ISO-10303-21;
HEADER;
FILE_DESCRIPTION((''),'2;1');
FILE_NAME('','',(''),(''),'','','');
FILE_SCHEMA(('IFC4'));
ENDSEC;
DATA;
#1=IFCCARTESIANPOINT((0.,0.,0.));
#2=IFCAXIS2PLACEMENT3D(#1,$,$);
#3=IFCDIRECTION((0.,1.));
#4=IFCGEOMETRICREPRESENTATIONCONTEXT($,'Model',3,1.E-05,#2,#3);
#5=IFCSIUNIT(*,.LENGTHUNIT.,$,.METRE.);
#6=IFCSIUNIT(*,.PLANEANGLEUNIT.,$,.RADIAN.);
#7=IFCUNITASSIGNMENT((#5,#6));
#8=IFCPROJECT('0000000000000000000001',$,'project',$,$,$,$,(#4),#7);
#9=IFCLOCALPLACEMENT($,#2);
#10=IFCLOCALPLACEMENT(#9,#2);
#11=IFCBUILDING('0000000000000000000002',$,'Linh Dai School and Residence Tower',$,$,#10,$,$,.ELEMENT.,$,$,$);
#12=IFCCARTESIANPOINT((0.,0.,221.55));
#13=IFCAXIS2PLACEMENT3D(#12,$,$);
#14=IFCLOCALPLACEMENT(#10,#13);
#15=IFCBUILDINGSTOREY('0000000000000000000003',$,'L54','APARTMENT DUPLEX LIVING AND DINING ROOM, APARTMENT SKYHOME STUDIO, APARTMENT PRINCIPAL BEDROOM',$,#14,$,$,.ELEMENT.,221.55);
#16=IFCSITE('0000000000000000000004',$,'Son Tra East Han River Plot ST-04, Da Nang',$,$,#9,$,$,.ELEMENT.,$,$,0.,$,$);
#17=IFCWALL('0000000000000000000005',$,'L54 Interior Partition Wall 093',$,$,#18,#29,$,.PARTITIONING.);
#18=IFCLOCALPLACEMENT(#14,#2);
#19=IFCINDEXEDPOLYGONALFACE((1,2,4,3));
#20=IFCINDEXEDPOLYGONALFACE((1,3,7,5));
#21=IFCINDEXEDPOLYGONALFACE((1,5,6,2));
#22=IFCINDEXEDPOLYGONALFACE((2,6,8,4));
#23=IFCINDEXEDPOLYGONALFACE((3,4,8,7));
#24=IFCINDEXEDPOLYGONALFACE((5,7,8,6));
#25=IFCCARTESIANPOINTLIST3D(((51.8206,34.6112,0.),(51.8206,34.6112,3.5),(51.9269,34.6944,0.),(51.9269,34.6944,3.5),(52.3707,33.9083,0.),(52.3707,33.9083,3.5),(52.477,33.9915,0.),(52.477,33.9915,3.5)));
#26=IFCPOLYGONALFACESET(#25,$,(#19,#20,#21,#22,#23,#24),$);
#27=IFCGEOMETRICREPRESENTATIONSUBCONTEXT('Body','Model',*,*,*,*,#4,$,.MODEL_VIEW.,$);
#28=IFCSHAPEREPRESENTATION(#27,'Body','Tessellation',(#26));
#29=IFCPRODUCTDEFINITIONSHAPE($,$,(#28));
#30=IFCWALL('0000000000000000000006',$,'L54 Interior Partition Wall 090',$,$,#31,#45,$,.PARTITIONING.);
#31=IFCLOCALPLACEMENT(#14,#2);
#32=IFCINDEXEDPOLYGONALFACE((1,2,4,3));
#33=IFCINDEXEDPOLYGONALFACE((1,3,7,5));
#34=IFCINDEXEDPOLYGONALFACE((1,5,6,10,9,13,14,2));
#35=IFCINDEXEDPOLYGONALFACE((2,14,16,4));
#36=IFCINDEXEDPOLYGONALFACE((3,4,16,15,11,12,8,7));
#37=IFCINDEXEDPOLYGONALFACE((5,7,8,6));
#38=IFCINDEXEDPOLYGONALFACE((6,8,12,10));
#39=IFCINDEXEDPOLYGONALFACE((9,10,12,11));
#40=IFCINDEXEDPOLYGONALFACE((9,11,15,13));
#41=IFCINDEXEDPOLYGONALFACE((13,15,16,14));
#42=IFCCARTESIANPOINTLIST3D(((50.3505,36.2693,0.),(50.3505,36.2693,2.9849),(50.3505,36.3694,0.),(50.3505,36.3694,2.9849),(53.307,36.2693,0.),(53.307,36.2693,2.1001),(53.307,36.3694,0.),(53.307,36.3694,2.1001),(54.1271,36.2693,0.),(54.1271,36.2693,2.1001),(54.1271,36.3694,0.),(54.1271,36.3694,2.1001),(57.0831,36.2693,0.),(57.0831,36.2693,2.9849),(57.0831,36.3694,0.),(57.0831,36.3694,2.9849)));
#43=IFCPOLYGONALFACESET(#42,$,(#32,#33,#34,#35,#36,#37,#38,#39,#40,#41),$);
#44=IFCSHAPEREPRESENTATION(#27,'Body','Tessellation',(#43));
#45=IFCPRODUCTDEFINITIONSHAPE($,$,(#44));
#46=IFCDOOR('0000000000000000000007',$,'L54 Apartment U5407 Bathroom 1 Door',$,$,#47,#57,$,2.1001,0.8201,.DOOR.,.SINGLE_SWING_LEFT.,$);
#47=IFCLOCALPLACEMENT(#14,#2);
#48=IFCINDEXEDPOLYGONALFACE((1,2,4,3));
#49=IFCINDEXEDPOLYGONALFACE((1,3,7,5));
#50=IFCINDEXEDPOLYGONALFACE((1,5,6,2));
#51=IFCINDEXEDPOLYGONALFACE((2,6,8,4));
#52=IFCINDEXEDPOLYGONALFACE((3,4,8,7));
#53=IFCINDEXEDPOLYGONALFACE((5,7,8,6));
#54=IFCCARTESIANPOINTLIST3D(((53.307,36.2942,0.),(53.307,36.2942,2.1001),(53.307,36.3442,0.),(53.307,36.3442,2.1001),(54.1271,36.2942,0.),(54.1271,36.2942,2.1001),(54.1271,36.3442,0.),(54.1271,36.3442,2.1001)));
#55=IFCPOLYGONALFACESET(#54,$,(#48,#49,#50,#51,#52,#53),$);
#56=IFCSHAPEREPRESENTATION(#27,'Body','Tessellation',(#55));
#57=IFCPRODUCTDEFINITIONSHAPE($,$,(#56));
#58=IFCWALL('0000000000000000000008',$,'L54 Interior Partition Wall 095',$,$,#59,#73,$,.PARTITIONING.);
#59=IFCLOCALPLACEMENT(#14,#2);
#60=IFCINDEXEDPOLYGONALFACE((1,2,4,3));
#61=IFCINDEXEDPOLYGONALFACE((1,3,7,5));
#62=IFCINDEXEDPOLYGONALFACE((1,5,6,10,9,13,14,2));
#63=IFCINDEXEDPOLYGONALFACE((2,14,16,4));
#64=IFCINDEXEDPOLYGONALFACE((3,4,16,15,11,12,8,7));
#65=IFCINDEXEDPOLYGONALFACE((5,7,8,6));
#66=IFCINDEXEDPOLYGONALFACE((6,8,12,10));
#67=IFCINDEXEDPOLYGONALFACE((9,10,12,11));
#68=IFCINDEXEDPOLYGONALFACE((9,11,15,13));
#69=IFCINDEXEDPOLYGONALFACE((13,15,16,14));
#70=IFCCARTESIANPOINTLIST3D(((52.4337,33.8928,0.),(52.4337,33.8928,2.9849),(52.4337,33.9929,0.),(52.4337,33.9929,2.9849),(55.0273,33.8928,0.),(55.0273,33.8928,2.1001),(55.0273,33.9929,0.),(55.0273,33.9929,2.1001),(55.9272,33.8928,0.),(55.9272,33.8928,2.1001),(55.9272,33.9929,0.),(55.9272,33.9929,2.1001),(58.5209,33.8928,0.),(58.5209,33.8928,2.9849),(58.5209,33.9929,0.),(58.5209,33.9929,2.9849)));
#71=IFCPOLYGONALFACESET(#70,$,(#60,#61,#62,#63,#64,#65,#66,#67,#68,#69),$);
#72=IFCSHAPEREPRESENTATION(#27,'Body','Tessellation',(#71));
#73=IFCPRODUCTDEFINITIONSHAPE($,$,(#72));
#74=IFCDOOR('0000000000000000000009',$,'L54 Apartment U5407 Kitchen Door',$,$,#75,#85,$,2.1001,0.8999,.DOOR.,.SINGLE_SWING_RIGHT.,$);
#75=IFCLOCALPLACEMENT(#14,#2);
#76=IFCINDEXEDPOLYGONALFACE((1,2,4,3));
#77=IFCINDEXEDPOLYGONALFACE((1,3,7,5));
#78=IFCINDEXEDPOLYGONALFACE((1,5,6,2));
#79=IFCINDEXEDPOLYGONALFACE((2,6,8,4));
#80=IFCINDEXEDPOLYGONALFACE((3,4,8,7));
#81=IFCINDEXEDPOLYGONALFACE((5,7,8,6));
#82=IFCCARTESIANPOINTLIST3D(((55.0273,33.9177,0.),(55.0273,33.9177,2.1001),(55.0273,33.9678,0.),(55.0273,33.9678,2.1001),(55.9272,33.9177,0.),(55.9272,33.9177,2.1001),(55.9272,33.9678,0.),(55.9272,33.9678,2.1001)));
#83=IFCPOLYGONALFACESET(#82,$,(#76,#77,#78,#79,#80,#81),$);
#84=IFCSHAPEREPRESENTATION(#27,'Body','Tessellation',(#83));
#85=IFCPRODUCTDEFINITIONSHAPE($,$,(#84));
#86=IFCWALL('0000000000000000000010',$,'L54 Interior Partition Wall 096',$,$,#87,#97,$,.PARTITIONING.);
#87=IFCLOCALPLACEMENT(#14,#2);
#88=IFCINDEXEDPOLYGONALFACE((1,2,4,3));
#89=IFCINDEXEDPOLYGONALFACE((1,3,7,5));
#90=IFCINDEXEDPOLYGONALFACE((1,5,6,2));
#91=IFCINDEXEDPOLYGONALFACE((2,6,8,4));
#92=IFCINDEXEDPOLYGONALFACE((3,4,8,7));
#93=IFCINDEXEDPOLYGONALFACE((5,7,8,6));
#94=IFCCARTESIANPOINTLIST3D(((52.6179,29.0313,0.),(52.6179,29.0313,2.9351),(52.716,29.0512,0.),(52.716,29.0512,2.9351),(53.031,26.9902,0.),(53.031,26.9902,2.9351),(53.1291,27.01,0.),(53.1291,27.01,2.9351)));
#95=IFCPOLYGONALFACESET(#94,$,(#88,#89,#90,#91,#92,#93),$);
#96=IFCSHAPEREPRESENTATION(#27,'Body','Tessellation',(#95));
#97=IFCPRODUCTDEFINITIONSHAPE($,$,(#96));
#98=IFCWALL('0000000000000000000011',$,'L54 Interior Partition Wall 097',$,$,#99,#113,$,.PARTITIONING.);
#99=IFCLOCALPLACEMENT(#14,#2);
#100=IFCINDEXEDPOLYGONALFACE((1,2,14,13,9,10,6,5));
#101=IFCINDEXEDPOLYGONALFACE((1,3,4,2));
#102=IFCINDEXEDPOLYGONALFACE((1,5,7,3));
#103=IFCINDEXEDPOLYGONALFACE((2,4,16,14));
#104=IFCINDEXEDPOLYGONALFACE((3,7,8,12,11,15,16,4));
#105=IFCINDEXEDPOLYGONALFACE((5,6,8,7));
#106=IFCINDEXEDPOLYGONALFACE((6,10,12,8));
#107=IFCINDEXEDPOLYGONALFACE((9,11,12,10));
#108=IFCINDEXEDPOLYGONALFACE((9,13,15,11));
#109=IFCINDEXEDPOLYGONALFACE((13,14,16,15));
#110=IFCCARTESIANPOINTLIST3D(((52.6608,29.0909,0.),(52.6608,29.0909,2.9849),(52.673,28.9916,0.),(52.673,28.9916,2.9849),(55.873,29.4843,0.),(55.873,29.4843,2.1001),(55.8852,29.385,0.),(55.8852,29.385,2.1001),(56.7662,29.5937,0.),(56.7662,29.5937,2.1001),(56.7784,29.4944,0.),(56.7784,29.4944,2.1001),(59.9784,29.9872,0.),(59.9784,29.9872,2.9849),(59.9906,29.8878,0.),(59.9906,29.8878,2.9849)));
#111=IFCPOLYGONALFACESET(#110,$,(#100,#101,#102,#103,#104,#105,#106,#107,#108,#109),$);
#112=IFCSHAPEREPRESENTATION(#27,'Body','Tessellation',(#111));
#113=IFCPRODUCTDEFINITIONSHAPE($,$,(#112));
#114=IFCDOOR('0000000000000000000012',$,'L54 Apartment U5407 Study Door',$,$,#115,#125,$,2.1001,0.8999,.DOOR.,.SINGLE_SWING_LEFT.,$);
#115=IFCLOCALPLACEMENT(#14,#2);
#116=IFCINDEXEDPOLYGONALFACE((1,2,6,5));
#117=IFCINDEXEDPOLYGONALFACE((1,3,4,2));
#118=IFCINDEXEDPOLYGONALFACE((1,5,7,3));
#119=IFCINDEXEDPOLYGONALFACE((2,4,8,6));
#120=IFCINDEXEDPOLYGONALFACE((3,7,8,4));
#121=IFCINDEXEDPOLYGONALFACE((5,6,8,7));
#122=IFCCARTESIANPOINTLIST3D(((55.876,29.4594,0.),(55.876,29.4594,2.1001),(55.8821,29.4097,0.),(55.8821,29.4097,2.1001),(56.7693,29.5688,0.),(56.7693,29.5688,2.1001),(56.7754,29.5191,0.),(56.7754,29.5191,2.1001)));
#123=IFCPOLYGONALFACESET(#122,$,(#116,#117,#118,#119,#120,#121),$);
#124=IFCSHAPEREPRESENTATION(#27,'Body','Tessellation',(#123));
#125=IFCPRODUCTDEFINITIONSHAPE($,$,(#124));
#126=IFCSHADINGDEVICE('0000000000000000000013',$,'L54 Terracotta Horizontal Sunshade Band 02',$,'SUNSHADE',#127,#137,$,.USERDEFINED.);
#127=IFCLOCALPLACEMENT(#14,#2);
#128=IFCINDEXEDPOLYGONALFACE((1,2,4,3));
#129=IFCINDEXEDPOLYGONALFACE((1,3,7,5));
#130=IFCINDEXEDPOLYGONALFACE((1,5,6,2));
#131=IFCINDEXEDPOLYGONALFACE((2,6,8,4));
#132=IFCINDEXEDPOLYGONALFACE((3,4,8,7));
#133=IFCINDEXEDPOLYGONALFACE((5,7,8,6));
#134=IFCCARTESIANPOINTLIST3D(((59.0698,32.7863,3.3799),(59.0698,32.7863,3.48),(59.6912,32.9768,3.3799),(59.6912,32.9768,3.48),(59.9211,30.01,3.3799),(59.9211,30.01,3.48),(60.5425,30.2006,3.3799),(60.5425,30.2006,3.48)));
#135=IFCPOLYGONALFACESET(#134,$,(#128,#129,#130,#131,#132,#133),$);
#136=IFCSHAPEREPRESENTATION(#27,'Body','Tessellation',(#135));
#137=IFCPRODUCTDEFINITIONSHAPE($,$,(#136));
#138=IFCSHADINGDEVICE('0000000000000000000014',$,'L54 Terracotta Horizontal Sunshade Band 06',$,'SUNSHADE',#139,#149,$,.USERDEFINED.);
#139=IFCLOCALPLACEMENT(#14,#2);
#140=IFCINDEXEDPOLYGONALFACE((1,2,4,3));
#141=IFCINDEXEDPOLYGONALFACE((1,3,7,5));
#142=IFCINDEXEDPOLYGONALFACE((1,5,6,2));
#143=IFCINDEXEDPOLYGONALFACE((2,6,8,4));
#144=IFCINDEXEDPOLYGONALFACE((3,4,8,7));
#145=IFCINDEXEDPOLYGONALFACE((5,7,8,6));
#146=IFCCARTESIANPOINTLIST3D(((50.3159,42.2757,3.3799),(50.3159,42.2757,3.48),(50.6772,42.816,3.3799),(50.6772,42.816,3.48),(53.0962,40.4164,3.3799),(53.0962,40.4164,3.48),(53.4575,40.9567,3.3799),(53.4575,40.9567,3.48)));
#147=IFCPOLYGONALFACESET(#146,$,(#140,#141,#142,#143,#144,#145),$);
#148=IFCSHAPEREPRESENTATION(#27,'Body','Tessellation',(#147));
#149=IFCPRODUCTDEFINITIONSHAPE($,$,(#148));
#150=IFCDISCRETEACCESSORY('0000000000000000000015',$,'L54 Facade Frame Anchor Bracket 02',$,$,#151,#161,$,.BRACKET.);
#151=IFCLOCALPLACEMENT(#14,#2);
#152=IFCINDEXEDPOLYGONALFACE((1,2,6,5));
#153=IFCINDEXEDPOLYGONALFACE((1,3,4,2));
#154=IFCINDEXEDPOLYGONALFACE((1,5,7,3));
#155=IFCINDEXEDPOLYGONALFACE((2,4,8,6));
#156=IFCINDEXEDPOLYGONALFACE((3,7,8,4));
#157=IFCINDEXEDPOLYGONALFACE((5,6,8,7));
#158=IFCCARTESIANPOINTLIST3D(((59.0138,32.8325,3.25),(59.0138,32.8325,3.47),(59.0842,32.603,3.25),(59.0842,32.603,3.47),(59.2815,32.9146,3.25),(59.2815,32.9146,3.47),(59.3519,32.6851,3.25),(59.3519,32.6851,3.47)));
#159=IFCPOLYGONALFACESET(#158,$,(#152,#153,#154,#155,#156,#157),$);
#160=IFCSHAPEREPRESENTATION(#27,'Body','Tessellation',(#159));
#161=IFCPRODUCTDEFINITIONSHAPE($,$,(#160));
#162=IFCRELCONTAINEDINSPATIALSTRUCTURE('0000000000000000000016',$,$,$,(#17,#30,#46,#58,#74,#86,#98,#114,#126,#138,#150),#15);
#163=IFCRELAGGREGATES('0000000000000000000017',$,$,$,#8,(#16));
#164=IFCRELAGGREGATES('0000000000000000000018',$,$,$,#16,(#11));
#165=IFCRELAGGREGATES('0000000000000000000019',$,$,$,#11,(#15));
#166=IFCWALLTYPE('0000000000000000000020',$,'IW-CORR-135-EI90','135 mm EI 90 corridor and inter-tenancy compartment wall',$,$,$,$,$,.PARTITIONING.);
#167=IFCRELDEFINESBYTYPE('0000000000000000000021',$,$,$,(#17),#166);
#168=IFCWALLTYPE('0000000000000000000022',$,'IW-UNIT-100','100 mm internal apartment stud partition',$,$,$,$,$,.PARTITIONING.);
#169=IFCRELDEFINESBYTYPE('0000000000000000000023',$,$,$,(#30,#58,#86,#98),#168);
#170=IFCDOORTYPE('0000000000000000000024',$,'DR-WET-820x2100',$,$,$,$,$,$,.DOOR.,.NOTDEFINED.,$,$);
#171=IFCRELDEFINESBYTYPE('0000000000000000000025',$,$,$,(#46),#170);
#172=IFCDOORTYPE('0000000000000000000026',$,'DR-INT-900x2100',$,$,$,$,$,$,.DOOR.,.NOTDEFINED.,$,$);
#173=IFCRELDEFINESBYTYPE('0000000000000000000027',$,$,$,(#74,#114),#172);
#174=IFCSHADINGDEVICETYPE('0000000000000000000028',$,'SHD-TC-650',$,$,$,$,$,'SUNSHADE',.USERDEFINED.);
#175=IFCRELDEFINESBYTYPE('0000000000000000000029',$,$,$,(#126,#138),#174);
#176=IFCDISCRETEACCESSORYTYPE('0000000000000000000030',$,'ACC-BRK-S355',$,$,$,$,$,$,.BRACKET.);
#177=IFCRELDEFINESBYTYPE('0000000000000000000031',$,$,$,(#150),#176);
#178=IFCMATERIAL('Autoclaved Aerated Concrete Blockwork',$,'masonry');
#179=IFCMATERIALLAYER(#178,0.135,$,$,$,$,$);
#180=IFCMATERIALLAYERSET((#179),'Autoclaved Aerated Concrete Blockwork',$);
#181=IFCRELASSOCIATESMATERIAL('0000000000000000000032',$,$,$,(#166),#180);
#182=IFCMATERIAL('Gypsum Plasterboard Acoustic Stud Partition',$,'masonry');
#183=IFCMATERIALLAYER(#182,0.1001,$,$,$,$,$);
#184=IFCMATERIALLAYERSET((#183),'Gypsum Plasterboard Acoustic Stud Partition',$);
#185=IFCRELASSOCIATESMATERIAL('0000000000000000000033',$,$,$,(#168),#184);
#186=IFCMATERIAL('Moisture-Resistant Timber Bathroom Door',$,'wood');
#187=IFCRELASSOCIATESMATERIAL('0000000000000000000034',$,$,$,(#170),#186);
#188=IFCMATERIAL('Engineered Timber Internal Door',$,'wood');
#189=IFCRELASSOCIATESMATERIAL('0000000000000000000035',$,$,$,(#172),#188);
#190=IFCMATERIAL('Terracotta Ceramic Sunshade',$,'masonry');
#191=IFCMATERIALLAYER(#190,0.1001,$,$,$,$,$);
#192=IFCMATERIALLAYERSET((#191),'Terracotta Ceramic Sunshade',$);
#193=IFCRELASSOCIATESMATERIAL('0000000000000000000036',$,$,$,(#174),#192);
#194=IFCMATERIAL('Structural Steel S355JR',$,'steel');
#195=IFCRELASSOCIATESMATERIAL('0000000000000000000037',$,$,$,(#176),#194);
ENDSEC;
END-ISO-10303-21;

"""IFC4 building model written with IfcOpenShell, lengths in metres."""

from ifc_helpers import new_model, si_unit, direction, frame, frame_2d, origin, origin_2d, place, context, subcontext, project, spatial, rectangle, extrude, source, transform, mapped, material, layer, layer_set, type_object, element, fill, save


model = new_model("IFC4")

# Units and contexts
model_context = context("Model", 3, precision=1e-05, world=origin(), true_north=direction((0.0, 1.0)))
body_context = subcontext(model_context, "Body", "Model", "MODEL_VIEW")
ifc_project = project(units=[si_unit("LENGTHUNIT", "METRE"), si_unit("PLANEANGLEUNIT", "RADIAN")], contexts=[model_context])

# Site, building, storey
site_placement = place(None, origin())
site = spatial("IfcSite", under=ifc_project, at=site_placement, Name="Son Tra East Han River Plot ST-04, Da Nang", CompositionType="ELEMENT", RefElevation=0.0)
building_placement = place(site_placement, origin())
building = spatial("IfcBuilding", under=site, at=building_placement, Name="Linh Dai School and Residence Tower", CompositionType="ELEMENT")
storey_placement = place(building_placement, frame((0.0, 0.0, 221.55)))
storey = spatial("IfcBuildingStorey", under=building, at=storey_placement, Name="L54", Description="APARTMENT DUPLEX LIVING AND DINING ROOM, APARTMENT SKYHOME STUDIO, APARTMENT PRINCIPAL BEDROOM", CompositionType="ELEMENT", Elevation=221.55)

# Shared definitions
ifc_material_1 = material(Name="Structural Steel S355JR", Category="steel")

# Wall
ifc_material_2 = material(Name="Autoclaved Aerated Concrete Blockwork", Category="masonry")
ifc_layer_1 = layer(ifc_material_2, 0.135)
ifc_layer_set_1 = layer_set([ifc_layer_1], Name="Autoclaved Aerated Concrete Blockwork")
wall_type_1 = type_object("IfcWallType", Name="IW-CORR-135-EI90", Description="135 mm EI 90 corridor and inter-tenancy compartment wall", PredefinedType="PARTITIONING", material=ifc_layer_set_1)
wall_1_placement = place(storey_placement, frame((51.8738, 34.6528, 0.0), z_axis=(0.0, 0.0, 1.0), x_axis=(0.616286, -0.787522, 0.0)))
element("IfcWall", 1, at=wall_1_placement, inside=storey, type_object=wall_type_1, Name="L54 Interior Partition Wall 093", PredefinedType="PARTITIONING", context=body_context, shape_type="SweptSolid", body=[
    extrude(rectangle(XDim=0.8926, YDim=0.135, at=frame_2d((0.4463, 0.0))), origin(), (0.0, 0.0, 1.0), 3.5),
])

# Walls, openings, doors
ifc_material_3 = material(Name="Gypsum Plasterboard Acoustic Stud Partition", Category="masonry")
ifc_layer_2 = layer(ifc_material_3, 0.1001)
ifc_layer_set_2 = layer_set([ifc_layer_2], Name="Gypsum Plasterboard Acoustic Stud Partition")
wall_type_2 = type_object("IfcWallType", Name="IW-UNIT-100", Description="100 mm internal apartment stud partition", PredefinedType="PARTITIONING", material=ifc_layer_set_2)
wall_2_placement = place(storey_placement, frame((50.3506, 36.3193, 0.0), z_axis=(0.0, 0.0, 1.0), x_axis=(1.0, 0.0, 0.0)))
wall_2 = element("IfcWall", 2, at=wall_2_placement, inside=storey, type_object=wall_type_2, Name="L54 Interior Partition Wall 090", PredefinedType="PARTITIONING", context=body_context, shape_type="SweptSolid", body=[
    extrude(rectangle(XDim=6.7327, YDim=0.1001, at=frame_2d((3.3662, 0.0))), origin(), (0.0, 0.0, 1.0), 2.9849),
])
opening_1_placement = place(wall_2_placement, frame((2.9563, 0.0, 0.0)))
opening_1 = element("IfcOpeningElement", 3, at=opening_1_placement, cuts=wall_2, PredefinedType="OPENING", context=body_context, shape_type="SweptSolid", body=[
    extrude(rectangle(XDim=0.8201, YDim=2.1001, at=origin_2d()), frame((0.4102, 0.0601, 1.05), z_axis=(0.0, -1.0, 0.0), x_axis=(1.0, 0.0, 0.0)), (0.0, 0.0, 1.0), 0.1201),
])
ifc_material_4 = material(Name="Moisture-Resistant Timber Bathroom Door", Category="wood")
door_type_1 = type_object("IfcDoorType", Name="DR-WET-820x2100", OperationType="NOTDEFINED", PredefinedType="DOOR", material=ifc_material_4)
shared_shape_1 = source(origin(), body_context, "Body", "SweptSolid", [
    extrude(rectangle(XDim=0.8201, YDim=2.1001, at=origin_2d()), frame((0.4102, 0.0249, 1.05), z_axis=(0.0, -1.0, 0.0), x_axis=(1.0, 0.0, 0.0)), (0.0, 0.0, 1.0), 0.05),
])
door_1_placement = place(opening_1_placement, origin())
door_1 = element("IfcDoor", 4, at=door_1_placement, inside=storey, type_object=door_type_1, Name="L54 Apartment U5407 Bathroom 1 Door", OperationType="SINGLE_SWING_LEFT", OverallHeight=2.1001, OverallWidth=0.8201, PredefinedType="DOOR", context=body_context, shape_type="MappedRepresentation", body=[
    mapped(shared_shape_1, transform((0.0, 0.0, 0.0), x_axis=(1.0, 0.0, 0.0), y_axis=(0.0, 1.0, 0.0), z_axis=(0.0, 0.0, 1.0), scale=1.0)),
])
fill(opening_1, door_1)
wall_3_placement = place(storey_placement, frame((52.4338, 33.9429, 0.0), z_axis=(0.0, 0.0, 1.0), x_axis=(1.0, 0.0, 0.0)))
wall_3 = element("IfcWall", 5, at=wall_3_placement, inside=storey, type_object=wall_type_2, Name="L54 Interior Partition Wall 095", PredefinedType="PARTITIONING", context=body_context, shape_type="SweptSolid", body=[
    extrude(rectangle(XDim=6.0872, YDim=0.1001, at=frame_2d((3.0435, 0.0))), origin(), (0.0, 0.0, 1.0), 2.9849),
])
opening_2_placement = place(wall_3_placement, frame((2.5935, 0.0, 0.0)))
opening_2 = element("IfcOpeningElement", 6, at=opening_2_placement, cuts=wall_3, PredefinedType="OPENING", context=body_context, shape_type="SweptSolid", body=[
    extrude(rectangle(XDim=0.8999, YDim=2.1001, at=origin_2d()), frame((0.45, 0.0601, 1.05), z_axis=(0.0, -1.0, 0.0), x_axis=(1.0, 0.0, 0.0)), (0.0, 0.0, 1.0), 0.1201),
])
ifc_material_5 = material(Name="Engineered Timber Internal Door", Category="wood")
door_type_2 = type_object("IfcDoorType", Name="DR-INT-900x2100", OperationType="NOTDEFINED", PredefinedType="DOOR", material=ifc_material_5)
shared_shape_2 = source(origin(), body_context, "Body", "SweptSolid", [
    extrude(rectangle(XDim=0.8999, YDim=2.1001, at=origin_2d()), frame((0.45, 0.0249, 1.05), z_axis=(0.0, -1.0, 0.0), x_axis=(1.0, 0.0, 0.0)), (0.0, 0.0, 1.0), 0.05),
])
door_2_placement = place(opening_2_placement, origin())
door_2 = element("IfcDoor", 7, at=door_2_placement, inside=storey, type_object=door_type_2, Name="L54 Apartment U5407 Kitchen Door", OperationType="SINGLE_SWING_RIGHT", OverallHeight=2.1001, OverallWidth=0.8999, PredefinedType="DOOR", context=body_context, shape_type="MappedRepresentation", body=[
    mapped(shared_shape_2, transform((0.0, 0.0, 0.0), x_axis=(1.0, 0.0, 0.0), y_axis=(0.0, 1.0, 0.0), z_axis=(0.0, 0.0, 1.0), scale=1.0)),
])
fill(opening_2, door_2)

# Wall
wall_4_placement = place(storey_placement, frame((52.667, 29.0413, 0.0), z_axis=(0.0, 0.0, 1.0), x_axis=(0.198347, -0.980132, 0.0)))
element("IfcWall", 8, at=wall_4_placement, inside=storey, type_object=wall_type_2, Name="L54 Interior Partition Wall 096", PredefinedType="PARTITIONING", context=body_context, shape_type="SweptSolid", body=[
    extrude(rectangle(XDim=2.0825, YDim=0.1001, at=frame_2d((1.0413, 0.0))), origin(), (0.0, 0.0, 1.0), 2.9351),
])

# Wall, opening, door
wall_5_placement = place(storey_placement, frame((52.667, 29.0413, 0.0), z_axis=(0.0, 0.0, 1.0), x_axis=(0.992583, 0.121568, 0.0)))
wall_5 = element("IfcWall", 9, at=wall_5_placement, inside=storey, type_object=wall_type_2, Name="L54 Interior Partition Wall 097", PredefinedType="PARTITIONING", context=body_context, shape_type="SweptSolid", body=[
    extrude(rectangle(XDim=7.3723, YDim=0.1001, at=frame_2d((3.686, 0.0))), origin(), (0.0, 0.0, 1.0), 2.9849),
])
opening_3_placement = place(wall_5_placement, frame((3.2361, 0.0, 0.0)))
opening_3 = element("IfcOpeningElement", 10, at=opening_3_placement, cuts=wall_5, PredefinedType="OPENING", context=body_context, shape_type="SweptSolid", body=[
    extrude(rectangle(XDim=0.8999, YDim=2.1001, at=origin_2d()), frame((0.45, 0.0601, 1.05), z_axis=(0.0, -1.0, 0.0), x_axis=(1.0, 0.0, 0.0)), (0.0, 0.0, 1.0), 0.1201),
])
door_3_placement = place(opening_3_placement, origin())
door_3 = element("IfcDoor", 11, at=door_3_placement, inside=storey, type_object=door_type_2, Name="L54 Apartment U5407 Study Door", OperationType="SINGLE_SWING_LEFT", OverallHeight=2.1001, OverallWidth=0.8999, PredefinedType="DOOR", context=body_context, shape_type="MappedRepresentation", body=[
    mapped(shared_shape_2, transform((0.0, 0.0, 0.0), x_axis=(1.0, 0.0, 0.0), y_axis=(0.0, 1.0, 0.0), z_axis=(0.0, 0.0, 1.0), scale=1.0)),
])
fill(opening_3, door_3)

# Shading devices
ifc_material_6 = material(Name="Terracotta Ceramic Sunshade", Category="masonry")
ifc_layer_3 = layer(ifc_material_6, 0.1001)
ifc_layer_set_3 = layer_set([ifc_layer_3], Name="Terracotta Ceramic Sunshade")
shading_device_type = type_object("IfcShadingDeviceType", Name="SHD-TC-650", ElementType="SUNSHADE", PredefinedType="USERDEFINED", material=ifc_layer_set_3)
shared_shape_3 = source(origin(), body_context, "Body", "SweptSolid", [
    extrude(rectangle(XDim=2.9038, YDim=0.6499, at=origin_2d()), origin(), (0.0, 0.0, 1.0), 0.1001),
])
shading_device_1_placement = place(storey_placement, frame((59.8062, 31.4934, 3.3799), z_axis=(0.0, 0.0, 1.0), x_axis=(0.293157, -0.956064, 0.0)))
element("IfcShadingDevice", 12, at=shading_device_1_placement, inside=storey, type_object=shading_device_type, Name="L54 Terracotta Horizontal Sunshade Band 02", ObjectType="SUNSHADE", PredefinedType="USERDEFINED", context=body_context, shape_type="MappedRepresentation", body=[
    mapped(shared_shape_3, transform((0.0, 0.0, 0.0), x_axis=(1.0, 0.0, 0.0), y_axis=(0.0, 1.0, 0.0), z_axis=(0.0, 0.0, 1.0), scale=1.0)),
])
shared_shape_4 = source(origin(), body_context, "Body", "SweptSolid", [
    extrude(rectangle(XDim=3.3447, YDim=0.6499, at=origin_2d()), origin(), (0.0, 0.0, 1.0), 0.1001),
])
shading_device_2_placement = place(storey_placement, frame((51.8867, 41.6162, 3.3799), z_axis=(0.0, 0.0, 1.0), x_axis=(0.831258, -0.555887, 0.0)))
element("IfcShadingDevice", 13, at=shading_device_2_placement, inside=storey, type_object=shading_device_type, Name="L54 Terracotta Horizontal Sunshade Band 06", ObjectType="SUNSHADE", PredefinedType="USERDEFINED", context=body_context, shape_type="MappedRepresentation", body=[
    mapped(shared_shape_4, transform((0.0, 0.0, 0.0), x_axis=(1.0, 0.0, 0.0), y_axis=(0.0, 1.0, 0.0), z_axis=(0.0, 0.0, 1.0), scale=1.0)),
])

# Discrete accessory
discrete_accessory_type = type_object("IfcDiscreteAccessoryType", Name="ACC-BRK-S355", PredefinedType="BRACKET", material=ifc_material_1)
shared_shape_5 = source(origin(), body_context, "Body", "SweptSolid", [
    extrude(rectangle(XDim=0.28, YDim=0.24, at=origin_2d()), origin(), (0.0, 0.0, 1.0), 0.22),
])
for number, where, z_axis, x_axis, name in (
    (14, (59.1829, 32.7588, 3.25), (0.0, 0.0, 1.0), (0.956064, 0.293157, 0.0), "L54 Facade Frame Anchor Bracket 02"),
):
    element("IfcDiscreteAccessory", number, at=place(storey_placement, frame(where, z_axis=z_axis, x_axis=x_axis)), inside=storey, type_object=discrete_accessory_type, Name=name, PredefinedType="BRACKET", context=body_context, shape_type="MappedRepresentation", body=[
        mapped(shared_shape_5, transform((0.0, 0.0, 0.0), x_axis=(1.0, 0.0, 0.0), y_axis=(0.0, 1.0, 0.0), z_axis=(0.0, 0.0, 1.0), scale=1.0)),
    ])

save(model, "model.ifc")
